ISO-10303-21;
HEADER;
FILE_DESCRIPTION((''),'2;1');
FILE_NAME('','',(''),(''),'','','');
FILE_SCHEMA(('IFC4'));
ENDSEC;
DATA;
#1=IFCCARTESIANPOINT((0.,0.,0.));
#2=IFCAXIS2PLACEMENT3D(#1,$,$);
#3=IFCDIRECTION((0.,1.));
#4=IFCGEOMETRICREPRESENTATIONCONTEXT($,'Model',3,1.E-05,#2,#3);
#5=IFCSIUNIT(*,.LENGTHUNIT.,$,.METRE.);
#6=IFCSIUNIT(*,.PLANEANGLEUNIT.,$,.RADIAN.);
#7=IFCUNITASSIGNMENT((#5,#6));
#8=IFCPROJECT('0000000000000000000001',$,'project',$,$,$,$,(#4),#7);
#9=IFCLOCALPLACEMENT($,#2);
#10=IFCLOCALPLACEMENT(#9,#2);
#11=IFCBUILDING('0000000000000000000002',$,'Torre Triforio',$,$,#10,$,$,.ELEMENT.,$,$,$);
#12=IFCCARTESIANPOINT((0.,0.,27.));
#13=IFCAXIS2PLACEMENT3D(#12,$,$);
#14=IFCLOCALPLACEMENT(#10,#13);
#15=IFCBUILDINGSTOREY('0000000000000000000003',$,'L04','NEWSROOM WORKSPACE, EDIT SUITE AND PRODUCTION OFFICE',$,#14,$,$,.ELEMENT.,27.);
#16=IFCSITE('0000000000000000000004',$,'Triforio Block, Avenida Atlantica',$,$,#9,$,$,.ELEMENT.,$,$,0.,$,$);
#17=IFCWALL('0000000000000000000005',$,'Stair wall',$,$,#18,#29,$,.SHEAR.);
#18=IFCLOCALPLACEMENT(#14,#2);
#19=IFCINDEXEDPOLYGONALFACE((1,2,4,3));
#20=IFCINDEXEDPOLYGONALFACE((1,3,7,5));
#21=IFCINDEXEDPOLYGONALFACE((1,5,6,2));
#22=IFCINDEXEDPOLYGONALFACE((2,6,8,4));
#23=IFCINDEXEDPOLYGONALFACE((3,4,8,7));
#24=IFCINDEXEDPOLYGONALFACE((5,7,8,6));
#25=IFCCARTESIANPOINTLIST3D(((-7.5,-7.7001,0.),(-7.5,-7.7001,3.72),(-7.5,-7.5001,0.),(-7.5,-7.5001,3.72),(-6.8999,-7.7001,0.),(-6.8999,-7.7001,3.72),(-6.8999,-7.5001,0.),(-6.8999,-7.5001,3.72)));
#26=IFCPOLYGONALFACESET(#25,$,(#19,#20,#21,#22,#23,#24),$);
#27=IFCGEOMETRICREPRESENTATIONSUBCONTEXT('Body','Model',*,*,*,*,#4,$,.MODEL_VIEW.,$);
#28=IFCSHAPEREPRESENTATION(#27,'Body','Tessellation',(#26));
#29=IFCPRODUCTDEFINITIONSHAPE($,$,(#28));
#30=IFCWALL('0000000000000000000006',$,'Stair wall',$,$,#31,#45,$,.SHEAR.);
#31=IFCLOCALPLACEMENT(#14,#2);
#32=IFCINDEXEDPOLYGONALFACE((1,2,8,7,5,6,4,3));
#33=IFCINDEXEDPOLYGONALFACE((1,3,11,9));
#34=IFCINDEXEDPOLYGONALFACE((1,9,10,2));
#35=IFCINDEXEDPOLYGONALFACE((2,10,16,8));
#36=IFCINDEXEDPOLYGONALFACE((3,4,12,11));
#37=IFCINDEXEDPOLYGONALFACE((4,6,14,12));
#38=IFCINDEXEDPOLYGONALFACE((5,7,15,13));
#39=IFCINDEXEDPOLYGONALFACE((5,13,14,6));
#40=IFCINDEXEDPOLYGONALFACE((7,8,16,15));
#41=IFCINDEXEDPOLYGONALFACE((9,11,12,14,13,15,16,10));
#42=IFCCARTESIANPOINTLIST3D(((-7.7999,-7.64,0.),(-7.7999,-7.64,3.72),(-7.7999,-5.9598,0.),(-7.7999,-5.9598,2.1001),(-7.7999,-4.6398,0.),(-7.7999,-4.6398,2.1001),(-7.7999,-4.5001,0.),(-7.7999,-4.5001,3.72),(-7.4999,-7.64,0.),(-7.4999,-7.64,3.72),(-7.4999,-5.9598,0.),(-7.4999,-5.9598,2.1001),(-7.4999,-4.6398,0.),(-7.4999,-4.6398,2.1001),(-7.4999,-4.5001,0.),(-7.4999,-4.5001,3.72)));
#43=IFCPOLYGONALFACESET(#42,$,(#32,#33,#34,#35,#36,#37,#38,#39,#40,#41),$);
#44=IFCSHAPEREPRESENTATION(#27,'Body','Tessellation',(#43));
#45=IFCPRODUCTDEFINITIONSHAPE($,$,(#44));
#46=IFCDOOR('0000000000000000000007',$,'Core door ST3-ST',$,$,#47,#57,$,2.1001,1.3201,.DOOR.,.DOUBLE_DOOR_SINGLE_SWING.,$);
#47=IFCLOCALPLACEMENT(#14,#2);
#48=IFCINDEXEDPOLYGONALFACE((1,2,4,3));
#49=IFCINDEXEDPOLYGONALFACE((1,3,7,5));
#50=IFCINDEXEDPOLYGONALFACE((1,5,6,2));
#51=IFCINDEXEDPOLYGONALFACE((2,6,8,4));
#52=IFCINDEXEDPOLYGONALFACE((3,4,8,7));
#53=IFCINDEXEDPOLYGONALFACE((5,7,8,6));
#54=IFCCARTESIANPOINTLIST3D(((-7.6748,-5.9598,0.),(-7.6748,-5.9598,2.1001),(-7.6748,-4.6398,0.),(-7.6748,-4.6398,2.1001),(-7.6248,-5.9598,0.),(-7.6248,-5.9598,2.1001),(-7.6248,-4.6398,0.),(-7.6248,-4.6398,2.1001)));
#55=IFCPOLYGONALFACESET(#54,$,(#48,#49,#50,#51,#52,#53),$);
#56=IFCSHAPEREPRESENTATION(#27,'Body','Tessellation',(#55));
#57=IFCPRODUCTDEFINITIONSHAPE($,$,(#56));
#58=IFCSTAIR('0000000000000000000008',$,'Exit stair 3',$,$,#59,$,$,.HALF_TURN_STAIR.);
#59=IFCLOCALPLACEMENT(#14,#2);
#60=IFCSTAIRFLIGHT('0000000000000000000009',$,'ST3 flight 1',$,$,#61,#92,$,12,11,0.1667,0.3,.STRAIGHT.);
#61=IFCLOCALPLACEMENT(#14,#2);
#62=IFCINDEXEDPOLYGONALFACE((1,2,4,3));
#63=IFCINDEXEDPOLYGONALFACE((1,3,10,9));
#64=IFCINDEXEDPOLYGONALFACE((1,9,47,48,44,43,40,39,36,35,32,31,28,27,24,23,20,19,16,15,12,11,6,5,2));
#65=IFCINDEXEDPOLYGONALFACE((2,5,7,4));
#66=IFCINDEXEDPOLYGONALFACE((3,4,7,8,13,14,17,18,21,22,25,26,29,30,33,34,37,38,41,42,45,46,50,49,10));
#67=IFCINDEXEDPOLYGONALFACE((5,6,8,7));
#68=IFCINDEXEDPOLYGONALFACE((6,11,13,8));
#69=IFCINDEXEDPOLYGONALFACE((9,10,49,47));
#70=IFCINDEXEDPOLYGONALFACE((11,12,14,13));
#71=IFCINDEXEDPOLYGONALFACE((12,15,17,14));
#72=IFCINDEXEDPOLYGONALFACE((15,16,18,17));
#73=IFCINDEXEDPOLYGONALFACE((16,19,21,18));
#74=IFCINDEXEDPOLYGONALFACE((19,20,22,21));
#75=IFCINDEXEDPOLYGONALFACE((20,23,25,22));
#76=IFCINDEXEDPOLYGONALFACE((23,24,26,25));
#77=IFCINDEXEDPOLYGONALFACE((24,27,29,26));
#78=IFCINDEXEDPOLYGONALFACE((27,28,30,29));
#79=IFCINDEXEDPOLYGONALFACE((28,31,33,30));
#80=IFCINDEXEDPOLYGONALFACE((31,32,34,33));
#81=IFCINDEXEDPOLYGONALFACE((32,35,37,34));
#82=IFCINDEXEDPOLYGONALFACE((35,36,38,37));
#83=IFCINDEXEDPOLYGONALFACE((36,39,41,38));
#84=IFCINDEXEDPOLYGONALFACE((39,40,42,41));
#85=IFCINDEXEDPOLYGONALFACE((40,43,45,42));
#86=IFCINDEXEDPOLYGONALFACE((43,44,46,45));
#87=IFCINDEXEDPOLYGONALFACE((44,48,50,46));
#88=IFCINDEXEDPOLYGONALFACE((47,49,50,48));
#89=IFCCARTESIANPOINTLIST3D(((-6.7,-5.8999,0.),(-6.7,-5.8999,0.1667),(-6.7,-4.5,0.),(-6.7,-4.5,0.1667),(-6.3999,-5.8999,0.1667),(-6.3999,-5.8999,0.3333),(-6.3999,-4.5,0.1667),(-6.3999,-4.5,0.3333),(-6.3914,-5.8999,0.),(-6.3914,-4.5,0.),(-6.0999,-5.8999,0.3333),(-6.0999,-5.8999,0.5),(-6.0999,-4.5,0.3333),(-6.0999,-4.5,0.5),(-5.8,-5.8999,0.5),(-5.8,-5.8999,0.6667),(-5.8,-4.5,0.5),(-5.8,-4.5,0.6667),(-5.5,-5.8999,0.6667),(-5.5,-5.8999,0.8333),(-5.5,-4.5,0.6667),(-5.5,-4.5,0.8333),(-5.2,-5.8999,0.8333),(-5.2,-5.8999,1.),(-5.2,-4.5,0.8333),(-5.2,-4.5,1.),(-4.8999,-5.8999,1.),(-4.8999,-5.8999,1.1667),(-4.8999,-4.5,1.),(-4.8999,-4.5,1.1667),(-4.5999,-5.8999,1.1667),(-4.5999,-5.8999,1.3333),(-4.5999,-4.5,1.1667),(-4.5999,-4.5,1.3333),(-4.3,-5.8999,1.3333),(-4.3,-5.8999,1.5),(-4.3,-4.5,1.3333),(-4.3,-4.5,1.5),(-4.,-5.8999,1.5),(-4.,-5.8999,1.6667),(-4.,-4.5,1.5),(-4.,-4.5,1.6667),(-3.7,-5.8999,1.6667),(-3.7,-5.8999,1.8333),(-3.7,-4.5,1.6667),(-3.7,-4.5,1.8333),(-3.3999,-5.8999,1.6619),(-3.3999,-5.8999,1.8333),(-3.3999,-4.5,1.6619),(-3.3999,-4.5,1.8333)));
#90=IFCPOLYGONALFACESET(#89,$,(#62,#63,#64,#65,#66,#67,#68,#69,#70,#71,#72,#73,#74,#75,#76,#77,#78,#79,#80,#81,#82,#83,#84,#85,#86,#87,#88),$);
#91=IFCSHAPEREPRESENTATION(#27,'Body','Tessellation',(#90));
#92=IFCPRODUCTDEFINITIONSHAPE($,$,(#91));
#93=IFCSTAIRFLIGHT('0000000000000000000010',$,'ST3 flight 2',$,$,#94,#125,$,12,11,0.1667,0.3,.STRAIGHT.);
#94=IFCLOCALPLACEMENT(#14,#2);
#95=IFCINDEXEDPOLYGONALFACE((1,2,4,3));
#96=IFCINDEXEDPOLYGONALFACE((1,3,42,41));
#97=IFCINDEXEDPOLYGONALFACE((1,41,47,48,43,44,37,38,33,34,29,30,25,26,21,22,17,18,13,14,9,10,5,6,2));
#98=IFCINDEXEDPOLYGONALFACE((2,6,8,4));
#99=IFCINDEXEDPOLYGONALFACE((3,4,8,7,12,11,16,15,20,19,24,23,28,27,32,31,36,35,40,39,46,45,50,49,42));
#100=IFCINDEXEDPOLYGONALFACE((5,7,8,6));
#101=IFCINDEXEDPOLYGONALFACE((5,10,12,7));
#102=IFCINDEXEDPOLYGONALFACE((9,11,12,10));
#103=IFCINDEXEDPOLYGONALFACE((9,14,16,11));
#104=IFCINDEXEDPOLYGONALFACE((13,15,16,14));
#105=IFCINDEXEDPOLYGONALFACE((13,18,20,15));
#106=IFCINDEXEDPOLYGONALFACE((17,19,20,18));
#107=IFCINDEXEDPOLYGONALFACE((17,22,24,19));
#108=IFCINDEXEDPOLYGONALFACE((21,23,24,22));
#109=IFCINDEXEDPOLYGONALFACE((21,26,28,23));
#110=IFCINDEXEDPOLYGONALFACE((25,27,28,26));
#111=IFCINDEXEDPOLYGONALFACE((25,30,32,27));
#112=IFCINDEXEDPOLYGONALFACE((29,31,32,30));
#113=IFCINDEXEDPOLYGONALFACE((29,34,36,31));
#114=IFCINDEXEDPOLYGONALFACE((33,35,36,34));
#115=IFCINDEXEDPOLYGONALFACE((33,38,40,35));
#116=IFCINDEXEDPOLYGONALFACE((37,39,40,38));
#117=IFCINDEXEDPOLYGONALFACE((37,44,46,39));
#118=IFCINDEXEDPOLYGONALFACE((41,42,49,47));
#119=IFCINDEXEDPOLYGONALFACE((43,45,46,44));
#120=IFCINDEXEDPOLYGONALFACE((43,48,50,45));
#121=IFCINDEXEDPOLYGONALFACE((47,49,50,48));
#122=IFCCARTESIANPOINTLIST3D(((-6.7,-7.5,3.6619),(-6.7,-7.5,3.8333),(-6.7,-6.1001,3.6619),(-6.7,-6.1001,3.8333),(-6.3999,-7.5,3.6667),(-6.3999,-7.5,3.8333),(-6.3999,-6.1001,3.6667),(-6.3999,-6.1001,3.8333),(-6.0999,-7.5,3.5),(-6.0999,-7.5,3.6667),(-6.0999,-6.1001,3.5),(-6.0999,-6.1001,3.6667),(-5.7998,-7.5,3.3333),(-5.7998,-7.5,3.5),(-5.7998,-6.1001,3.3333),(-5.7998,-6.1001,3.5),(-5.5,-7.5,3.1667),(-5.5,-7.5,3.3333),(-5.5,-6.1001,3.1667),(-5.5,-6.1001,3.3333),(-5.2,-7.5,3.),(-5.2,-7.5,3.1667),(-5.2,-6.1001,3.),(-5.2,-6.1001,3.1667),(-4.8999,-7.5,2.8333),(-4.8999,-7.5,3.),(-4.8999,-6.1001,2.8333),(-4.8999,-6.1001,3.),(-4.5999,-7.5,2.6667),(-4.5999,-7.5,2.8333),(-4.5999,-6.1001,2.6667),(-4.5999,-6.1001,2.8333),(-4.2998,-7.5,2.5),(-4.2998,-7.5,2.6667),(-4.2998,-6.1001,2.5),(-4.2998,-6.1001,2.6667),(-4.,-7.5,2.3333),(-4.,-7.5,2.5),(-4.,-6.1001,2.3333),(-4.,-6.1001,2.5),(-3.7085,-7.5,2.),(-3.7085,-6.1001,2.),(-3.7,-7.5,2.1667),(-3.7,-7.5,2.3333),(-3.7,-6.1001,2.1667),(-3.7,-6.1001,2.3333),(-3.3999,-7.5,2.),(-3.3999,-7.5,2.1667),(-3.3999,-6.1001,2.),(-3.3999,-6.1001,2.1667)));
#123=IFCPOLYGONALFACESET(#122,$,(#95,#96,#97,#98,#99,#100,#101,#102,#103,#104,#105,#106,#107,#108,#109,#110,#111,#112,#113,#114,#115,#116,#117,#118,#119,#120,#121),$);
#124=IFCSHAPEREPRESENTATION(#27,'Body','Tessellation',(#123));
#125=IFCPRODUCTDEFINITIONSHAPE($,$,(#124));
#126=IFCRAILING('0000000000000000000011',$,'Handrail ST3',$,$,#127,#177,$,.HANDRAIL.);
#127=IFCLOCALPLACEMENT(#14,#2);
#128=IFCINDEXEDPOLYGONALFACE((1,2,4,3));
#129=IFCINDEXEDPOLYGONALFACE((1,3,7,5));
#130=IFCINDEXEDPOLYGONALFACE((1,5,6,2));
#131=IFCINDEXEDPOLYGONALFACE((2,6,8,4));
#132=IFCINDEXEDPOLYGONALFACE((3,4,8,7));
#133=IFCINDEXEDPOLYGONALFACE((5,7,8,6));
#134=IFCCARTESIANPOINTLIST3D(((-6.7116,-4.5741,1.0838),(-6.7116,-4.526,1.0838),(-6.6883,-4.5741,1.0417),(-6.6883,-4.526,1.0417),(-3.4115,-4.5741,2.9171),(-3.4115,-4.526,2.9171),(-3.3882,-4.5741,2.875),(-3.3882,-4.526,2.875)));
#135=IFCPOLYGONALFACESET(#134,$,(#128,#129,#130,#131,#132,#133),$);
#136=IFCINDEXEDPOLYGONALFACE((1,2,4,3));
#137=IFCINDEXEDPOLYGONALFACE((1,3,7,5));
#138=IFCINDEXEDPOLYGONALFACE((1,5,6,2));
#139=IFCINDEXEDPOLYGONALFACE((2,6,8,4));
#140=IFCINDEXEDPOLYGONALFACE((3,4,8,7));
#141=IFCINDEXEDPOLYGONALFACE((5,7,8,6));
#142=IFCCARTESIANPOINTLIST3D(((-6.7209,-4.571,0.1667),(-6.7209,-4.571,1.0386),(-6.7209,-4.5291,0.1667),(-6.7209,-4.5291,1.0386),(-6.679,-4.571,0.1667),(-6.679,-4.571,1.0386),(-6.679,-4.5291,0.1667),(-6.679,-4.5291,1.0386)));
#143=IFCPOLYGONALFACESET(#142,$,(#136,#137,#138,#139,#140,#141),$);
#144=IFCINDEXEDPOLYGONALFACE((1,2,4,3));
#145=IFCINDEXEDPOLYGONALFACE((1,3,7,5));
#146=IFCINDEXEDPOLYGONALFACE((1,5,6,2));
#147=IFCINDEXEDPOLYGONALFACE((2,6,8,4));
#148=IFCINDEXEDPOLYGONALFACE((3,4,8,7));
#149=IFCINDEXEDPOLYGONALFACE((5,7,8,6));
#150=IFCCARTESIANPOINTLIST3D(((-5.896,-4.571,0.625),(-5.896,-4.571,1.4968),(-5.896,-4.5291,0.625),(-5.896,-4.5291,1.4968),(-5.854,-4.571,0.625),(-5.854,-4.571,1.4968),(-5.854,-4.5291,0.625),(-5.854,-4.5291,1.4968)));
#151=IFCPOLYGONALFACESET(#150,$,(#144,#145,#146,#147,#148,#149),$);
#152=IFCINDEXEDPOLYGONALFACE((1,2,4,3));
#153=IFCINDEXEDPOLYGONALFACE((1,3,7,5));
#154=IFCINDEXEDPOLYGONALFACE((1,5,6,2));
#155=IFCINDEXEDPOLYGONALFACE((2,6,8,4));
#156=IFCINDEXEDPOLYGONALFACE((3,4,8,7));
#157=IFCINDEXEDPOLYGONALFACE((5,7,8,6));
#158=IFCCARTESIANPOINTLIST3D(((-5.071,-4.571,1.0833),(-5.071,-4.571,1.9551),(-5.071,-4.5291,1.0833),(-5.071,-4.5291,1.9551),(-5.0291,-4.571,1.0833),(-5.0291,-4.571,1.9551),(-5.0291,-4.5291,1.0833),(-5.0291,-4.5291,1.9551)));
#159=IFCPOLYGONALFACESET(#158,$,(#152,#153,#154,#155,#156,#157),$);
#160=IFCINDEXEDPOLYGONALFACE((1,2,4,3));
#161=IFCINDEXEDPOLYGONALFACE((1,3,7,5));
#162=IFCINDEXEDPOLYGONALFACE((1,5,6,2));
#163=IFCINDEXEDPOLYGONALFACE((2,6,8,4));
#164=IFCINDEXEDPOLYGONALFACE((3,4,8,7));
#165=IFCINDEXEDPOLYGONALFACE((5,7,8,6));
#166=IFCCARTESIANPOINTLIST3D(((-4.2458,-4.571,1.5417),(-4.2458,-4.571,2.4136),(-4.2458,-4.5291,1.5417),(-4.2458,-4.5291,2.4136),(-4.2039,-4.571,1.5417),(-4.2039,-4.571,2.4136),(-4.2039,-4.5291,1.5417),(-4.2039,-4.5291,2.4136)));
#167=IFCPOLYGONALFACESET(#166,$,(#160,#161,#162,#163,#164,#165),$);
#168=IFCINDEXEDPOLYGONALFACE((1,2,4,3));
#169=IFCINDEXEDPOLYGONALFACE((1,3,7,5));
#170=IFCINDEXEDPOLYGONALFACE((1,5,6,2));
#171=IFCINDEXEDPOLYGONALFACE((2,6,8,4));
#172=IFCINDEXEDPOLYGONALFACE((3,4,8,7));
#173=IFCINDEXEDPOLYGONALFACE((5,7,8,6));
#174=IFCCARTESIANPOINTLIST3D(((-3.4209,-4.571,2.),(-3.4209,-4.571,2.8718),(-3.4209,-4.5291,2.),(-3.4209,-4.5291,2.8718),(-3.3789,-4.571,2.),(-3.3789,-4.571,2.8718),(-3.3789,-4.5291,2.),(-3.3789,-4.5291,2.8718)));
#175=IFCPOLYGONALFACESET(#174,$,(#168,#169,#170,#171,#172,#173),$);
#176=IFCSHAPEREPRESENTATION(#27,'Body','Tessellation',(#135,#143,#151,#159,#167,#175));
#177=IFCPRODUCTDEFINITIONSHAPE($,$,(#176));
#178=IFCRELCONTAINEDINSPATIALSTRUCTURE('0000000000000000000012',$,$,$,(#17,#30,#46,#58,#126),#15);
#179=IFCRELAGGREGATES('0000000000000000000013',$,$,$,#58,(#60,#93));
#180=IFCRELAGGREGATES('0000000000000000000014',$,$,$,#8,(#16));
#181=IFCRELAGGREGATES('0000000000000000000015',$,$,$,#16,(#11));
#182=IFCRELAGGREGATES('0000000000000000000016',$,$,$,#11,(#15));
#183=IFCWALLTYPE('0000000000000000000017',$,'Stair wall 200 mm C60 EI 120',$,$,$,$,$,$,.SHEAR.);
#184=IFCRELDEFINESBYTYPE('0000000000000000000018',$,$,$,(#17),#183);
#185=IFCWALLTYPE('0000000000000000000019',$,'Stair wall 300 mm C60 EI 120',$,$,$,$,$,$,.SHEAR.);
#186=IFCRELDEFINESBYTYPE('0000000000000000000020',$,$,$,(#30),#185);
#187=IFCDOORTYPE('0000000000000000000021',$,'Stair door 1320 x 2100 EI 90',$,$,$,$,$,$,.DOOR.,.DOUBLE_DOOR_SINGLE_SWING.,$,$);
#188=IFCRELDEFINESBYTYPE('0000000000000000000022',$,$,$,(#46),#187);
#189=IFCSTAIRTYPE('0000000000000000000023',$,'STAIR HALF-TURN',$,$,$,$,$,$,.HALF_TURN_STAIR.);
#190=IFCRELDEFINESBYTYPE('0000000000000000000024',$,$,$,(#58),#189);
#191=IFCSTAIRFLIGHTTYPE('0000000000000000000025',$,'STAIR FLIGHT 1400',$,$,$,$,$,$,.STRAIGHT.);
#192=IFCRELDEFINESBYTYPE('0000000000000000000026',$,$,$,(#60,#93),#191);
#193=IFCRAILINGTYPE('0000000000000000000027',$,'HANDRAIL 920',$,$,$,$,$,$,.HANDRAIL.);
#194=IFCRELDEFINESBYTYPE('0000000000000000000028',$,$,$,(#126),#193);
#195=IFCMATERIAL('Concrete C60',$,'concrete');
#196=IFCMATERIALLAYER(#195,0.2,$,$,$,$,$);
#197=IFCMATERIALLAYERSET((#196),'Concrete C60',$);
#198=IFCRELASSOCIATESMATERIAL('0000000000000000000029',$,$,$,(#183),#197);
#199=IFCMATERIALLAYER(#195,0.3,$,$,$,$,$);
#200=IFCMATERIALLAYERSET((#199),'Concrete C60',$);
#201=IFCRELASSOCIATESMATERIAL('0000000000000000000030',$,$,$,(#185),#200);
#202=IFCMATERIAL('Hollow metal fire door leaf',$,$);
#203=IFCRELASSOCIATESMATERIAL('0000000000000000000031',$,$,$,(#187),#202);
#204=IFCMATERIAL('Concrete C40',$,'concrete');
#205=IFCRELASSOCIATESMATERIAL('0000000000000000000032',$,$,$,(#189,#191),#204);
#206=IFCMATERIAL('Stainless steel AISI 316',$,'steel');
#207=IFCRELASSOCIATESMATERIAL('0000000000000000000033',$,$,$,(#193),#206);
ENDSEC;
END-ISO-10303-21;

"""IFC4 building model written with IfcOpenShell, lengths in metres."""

from ifc_helpers import new_model, si_unit, direction, frame, frame_2d, origin, origin_2d, place, context, subcontext, project, spatial, polyline, rectangle, outline, extrude, material, layer, layer_set, type_object, element, fill, aggregate, save


model = new_model("IFC4")

# Units and contexts
model_context = context("Model", 3, precision=1e-05, world=origin(), true_north=direction((0.0, 1.0)))
body_context = subcontext(model_context, "Body", "Model", "MODEL_VIEW")
ifc_project = project(units=[si_unit("LENGTHUNIT", "METRE"), si_unit("PLANEANGLEUNIT", "RADIAN")], contexts=[model_context])

# Site, building, storey
site_placement = place(None, origin())
site = spatial("IfcSite", under=ifc_project, at=site_placement, Name="Triforio Block, Avenida Atlantica", CompositionType="ELEMENT", RefElevation=0.0)
building_placement = place(site_placement, origin())
building = spatial("IfcBuilding", under=site, at=building_placement, Name="Torre Triforio", CompositionType="ELEMENT")
storey_placement = place(building_placement, frame((0.0, 0.0, 27.0)))
storey = spatial("IfcBuildingStorey", under=building, at=storey_placement, Name="L04", Description="NEWSROOM WORKSPACE, EDIT SUITE AND PRODUCTION OFFICE", CompositionType="ELEMENT", Elevation=27.0)

# Shared definitions
ifc_material_1 = material(Name="Hollow metal fire door leaf")

# Shared definitions
ifc_material_2 = material(Name="Concrete C60", Category="concrete")

# Wall
ifc_layer_1 = layer(ifc_material_2, 0.2)
ifc_layer_set_1 = layer_set([ifc_layer_1], Name="Concrete C60")
wall_type_1 = type_object("IfcWallType", Name="Stair wall 200 mm C60 EI 120", PredefinedType="SHEAR", material=ifc_layer_set_1)
wall_1_placement = place(storey_placement, frame((-7.5, -7.6001, 0.0), z_axis=(0.0, 0.0, 1.0), x_axis=(1.0, 0.0, 0.0)))
element("IfcWall", 1, at=wall_1_placement, inside=storey, type_object=wall_type_1, Name="Stair wall", PredefinedType="SHEAR", context=body_context, shape_type="SweptSolid", body=[
    extrude(rectangle(XDim=0.6001, YDim=0.2, at=frame_2d((0.3, 0.0))), origin(), (0.0, 0.0, 1.0), 3.72),
])

# Wall, opening, door
ifc_layer_2 = layer(ifc_material_2, 0.3)
ifc_layer_set_2 = layer_set([ifc_layer_2], Name="Concrete C60")
wall_type_2 = type_object("IfcWallType", Name="Stair wall 300 mm C60 EI 120", PredefinedType="SHEAR", material=ifc_layer_set_2)
wall_2_placement = place(storey_placement, frame((-7.6499, -7.6399, 0.0), z_axis=(0.0, 0.0, 1.0), x_axis=(0.0, 1.0, 0.0)))
wall_2 = element("IfcWall", 2, at=wall_2_placement, inside=storey, type_object=wall_type_2, Name="Stair wall", PredefinedType="SHEAR", context=body_context, shape_type="SweptSolid", body=[
    extrude(rectangle(XDim=3.1399, YDim=0.3, at=frame_2d((1.5698, 0.0))), origin(), (0.0, 0.0, 1.0), 3.72),
])
opening_1_placement = place(wall_2_placement, frame((1.6799, 0.0, 0.0)))
opening_1 = element("IfcOpeningElement", 3, at=opening_1_placement, cuts=wall_2, PredefinedType="OPENING", context=body_context, shape_type="SweptSolid", body=[
    extrude(rectangle(XDim=1.3201, YDim=2.1001, at=frame_2d((0.6602, 1.05))), frame((0.0, 0.1599, 0.0), z_axis=(0.0, -1.0, 0.0), x_axis=(1.0, 0.0, 0.0)), (0.0, 0.0, 1.0), 0.3201),
])
door_type_1 = type_object("IfcDoorType", Name="Stair door 1320 x 2100 EI 90", OperationType="DOUBLE_DOOR_SINGLE_SWING", PredefinedType="DOOR", material=ifc_material_1)
door_1_placement = place(opening_1_placement, origin())
door_1 = element("IfcDoor", 4, at=door_1_placement, inside=storey, type_object=door_type_1, Name="Core door ST3-ST", OperationType="DOUBLE_DOOR_SINGLE_SWING", OverallHeight=2.1001, OverallWidth=1.3201, PredefinedType="DOOR", context=body_context, shape_type="SweptSolid", body=[
    extrude(rectangle(XDim=1.3201, YDim=2.1001, at=frame_2d((0.6602, 1.05))), frame((0.0, 0.0249, 0.0), z_axis=(0.0, -1.0, 0.0), x_axis=(1.0, 0.0, 0.0)), (0.0, 0.0, 1.0), 0.05),
])
fill(opening_1, door_1)

# Stair, stair flights
ifc_material_3 = material(Name="Concrete C40", Category="concrete")
stair_type = type_object("IfcStairType", Name="STAIR HALF-TURN", PredefinedType="HALF_TURN_STAIR", material=ifc_material_3)
stair_placement = place(storey_placement, origin())
stair = element("IfcStair", 5, at=stair_placement, inside=storey, type_object=stair_type, Name="Exit stair 3", PredefinedType="HALF_TURN_STAIR")
stair_flight_type = type_object("IfcStairFlightType", Name="STAIR FLIGHT 1400", PredefinedType="STRAIGHT", material=ifc_material_3)
stair_flight_1_placement = place(storey_placement, frame((-6.7, -5.2, 0.0), z_axis=(0.0, 0.0, 1.0), x_axis=(1.0, 0.0, 0.0)))
stair_flight_1 = element("IfcStairFlight", 6, at=stair_flight_1_placement, type_object=stair_flight_type, Name="ST3 flight 1", NumberOfRisers=12, NumberOfTreads=11, PredefinedType="STRAIGHT", RiserHeight=0.1667, TreadLength=0.3, context=body_context, shape_type="SweptSolid", body=[
    extrude(outline(polyline([(0.0, 0.0), (0.0, 0.1667), (0.3, 0.1667), (0.3, 0.3333), (0.6001, 0.3333), (0.6001, 0.5), (0.8999, 0.5), (0.8999, 0.6667), (1.2, 0.6667), (1.2, 0.8333), (1.5, 0.8333), (1.5, 1.0), (1.8, 1.0), (1.8, 1.1667), (2.1001, 1.1667), (2.1001, 1.3333), (2.3999, 1.3333), (2.3999, 1.5), (2.7, 1.5), (2.7, 1.6667), (3.0, 1.6667), (3.0, 1.8333), (3.3, 1.8333), (3.3, 2.0), (3.3, 1.6619), (0.3086, 0.0), (0.0, 0.0)])), frame((0.0, 0.7, 0.0), z_axis=(0.0, -1.0, 0.0), x_axis=(1.0, 0.0, 0.0)), (0.0, 0.0, 1.0), 1.3999),
])
stair_flight_2_placement = place(storey_placement, frame((-3.3999, -6.8, 2.0), z_axis=(0.0, 0.0, 1.0), x_axis=(-1.0, 0.0, 0.0)))
stair_flight_2 = element("IfcStairFlight", 7, at=stair_flight_2_placement, type_object=stair_flight_type, Name="ST3 flight 2", NumberOfRisers=12, NumberOfTreads=11, PredefinedType="STRAIGHT", RiserHeight=0.1667, TreadLength=0.3, context=body_context, shape_type="SweptSolid", body=[
    extrude(outline(polyline([(0.0, 0.0), (0.0, 0.1667), (0.3, 0.1667), (0.3, 0.3333), (0.6001, 0.3333), (0.6001, 0.5), (0.8999, 0.5), (0.8999, 0.6667), (1.2, 0.6667), (1.2, 0.8333), (1.5, 0.8333), (1.5, 1.0), (1.8, 1.0), (1.8, 1.1667), (2.1001, 1.1667), (2.1001, 1.3333), (2.3999, 1.3333), (2.3999, 1.5), (2.7, 1.5), (2.7, 1.6667), (3.0, 1.6667), (3.0, 1.8333), (3.3, 1.8333), (3.3, 2.0), (3.3, 1.6619), (0.3086, 0.0), (0.0, 0.0)])), frame((0.0, 0.7, 0.0), z_axis=(0.0, -1.0, 0.0), x_axis=(1.0, 0.0, 0.0)), (0.0, 0.0, 1.0), 1.3999),
])
aggregate(stair, [stair_flight_1, stair_flight_2])

# Railing
ifc_material_4 = material(Name="Stainless steel AISI 316", Category="steel")
railing_type = type_object("IfcRailingType", Name="HANDRAIL 920", PredefinedType="HANDRAIL", material=ifc_material_4)
for number, where, name in (
    (8, (-6.7, -4.55, 0.1667), "Handrail ST3"),
):
    element("IfcRailing", number, at=place(storey_placement, frame(where)), inside=storey, type_object=railing_type, Name=name, PredefinedType="HANDRAIL", context=body_context, shape_type="SweptSolid", body=[
        extrude(rectangle(XDim=0.0481, YDim=0.0481, at=origin_2d()), frame((0.0, 0.0, 0.896), z_axis=(0.874169, 0.0, 0.485621), x_axis=(0.0, 1.0, 0.0)), (0.0, 0.0, 1.0), 3.7751),
        extrude(rectangle(XDim=0.042, YDim=0.042, at=origin_2d()), origin(), (0.0, 0.0, 1.0), 0.8718),
        extrude(rectangle(XDim=0.042, YDim=0.042, at=origin_2d()), frame((0.825, 0.0, 0.4583)), (0.0, 0.0, 1.0), 0.8718),
        extrude(rectangle(XDim=0.042, YDim=0.042, at=origin_2d()), frame((1.6499, 0.0, 0.9165)), (0.0, 0.0, 1.0), 0.8718),
        extrude(rectangle(XDim=0.042, YDim=0.042, at=origin_2d()), frame((2.4751, 0.0, 1.375)), (0.0, 0.0, 1.0), 0.8718),
        extrude(rectangle(XDim=0.042, YDim=0.042, at=origin_2d()), frame((3.3, 0.0, 1.8333)), (0.0, 0.0, 1.0), 0.8718),
    ])

save(model, "model.ifc")
